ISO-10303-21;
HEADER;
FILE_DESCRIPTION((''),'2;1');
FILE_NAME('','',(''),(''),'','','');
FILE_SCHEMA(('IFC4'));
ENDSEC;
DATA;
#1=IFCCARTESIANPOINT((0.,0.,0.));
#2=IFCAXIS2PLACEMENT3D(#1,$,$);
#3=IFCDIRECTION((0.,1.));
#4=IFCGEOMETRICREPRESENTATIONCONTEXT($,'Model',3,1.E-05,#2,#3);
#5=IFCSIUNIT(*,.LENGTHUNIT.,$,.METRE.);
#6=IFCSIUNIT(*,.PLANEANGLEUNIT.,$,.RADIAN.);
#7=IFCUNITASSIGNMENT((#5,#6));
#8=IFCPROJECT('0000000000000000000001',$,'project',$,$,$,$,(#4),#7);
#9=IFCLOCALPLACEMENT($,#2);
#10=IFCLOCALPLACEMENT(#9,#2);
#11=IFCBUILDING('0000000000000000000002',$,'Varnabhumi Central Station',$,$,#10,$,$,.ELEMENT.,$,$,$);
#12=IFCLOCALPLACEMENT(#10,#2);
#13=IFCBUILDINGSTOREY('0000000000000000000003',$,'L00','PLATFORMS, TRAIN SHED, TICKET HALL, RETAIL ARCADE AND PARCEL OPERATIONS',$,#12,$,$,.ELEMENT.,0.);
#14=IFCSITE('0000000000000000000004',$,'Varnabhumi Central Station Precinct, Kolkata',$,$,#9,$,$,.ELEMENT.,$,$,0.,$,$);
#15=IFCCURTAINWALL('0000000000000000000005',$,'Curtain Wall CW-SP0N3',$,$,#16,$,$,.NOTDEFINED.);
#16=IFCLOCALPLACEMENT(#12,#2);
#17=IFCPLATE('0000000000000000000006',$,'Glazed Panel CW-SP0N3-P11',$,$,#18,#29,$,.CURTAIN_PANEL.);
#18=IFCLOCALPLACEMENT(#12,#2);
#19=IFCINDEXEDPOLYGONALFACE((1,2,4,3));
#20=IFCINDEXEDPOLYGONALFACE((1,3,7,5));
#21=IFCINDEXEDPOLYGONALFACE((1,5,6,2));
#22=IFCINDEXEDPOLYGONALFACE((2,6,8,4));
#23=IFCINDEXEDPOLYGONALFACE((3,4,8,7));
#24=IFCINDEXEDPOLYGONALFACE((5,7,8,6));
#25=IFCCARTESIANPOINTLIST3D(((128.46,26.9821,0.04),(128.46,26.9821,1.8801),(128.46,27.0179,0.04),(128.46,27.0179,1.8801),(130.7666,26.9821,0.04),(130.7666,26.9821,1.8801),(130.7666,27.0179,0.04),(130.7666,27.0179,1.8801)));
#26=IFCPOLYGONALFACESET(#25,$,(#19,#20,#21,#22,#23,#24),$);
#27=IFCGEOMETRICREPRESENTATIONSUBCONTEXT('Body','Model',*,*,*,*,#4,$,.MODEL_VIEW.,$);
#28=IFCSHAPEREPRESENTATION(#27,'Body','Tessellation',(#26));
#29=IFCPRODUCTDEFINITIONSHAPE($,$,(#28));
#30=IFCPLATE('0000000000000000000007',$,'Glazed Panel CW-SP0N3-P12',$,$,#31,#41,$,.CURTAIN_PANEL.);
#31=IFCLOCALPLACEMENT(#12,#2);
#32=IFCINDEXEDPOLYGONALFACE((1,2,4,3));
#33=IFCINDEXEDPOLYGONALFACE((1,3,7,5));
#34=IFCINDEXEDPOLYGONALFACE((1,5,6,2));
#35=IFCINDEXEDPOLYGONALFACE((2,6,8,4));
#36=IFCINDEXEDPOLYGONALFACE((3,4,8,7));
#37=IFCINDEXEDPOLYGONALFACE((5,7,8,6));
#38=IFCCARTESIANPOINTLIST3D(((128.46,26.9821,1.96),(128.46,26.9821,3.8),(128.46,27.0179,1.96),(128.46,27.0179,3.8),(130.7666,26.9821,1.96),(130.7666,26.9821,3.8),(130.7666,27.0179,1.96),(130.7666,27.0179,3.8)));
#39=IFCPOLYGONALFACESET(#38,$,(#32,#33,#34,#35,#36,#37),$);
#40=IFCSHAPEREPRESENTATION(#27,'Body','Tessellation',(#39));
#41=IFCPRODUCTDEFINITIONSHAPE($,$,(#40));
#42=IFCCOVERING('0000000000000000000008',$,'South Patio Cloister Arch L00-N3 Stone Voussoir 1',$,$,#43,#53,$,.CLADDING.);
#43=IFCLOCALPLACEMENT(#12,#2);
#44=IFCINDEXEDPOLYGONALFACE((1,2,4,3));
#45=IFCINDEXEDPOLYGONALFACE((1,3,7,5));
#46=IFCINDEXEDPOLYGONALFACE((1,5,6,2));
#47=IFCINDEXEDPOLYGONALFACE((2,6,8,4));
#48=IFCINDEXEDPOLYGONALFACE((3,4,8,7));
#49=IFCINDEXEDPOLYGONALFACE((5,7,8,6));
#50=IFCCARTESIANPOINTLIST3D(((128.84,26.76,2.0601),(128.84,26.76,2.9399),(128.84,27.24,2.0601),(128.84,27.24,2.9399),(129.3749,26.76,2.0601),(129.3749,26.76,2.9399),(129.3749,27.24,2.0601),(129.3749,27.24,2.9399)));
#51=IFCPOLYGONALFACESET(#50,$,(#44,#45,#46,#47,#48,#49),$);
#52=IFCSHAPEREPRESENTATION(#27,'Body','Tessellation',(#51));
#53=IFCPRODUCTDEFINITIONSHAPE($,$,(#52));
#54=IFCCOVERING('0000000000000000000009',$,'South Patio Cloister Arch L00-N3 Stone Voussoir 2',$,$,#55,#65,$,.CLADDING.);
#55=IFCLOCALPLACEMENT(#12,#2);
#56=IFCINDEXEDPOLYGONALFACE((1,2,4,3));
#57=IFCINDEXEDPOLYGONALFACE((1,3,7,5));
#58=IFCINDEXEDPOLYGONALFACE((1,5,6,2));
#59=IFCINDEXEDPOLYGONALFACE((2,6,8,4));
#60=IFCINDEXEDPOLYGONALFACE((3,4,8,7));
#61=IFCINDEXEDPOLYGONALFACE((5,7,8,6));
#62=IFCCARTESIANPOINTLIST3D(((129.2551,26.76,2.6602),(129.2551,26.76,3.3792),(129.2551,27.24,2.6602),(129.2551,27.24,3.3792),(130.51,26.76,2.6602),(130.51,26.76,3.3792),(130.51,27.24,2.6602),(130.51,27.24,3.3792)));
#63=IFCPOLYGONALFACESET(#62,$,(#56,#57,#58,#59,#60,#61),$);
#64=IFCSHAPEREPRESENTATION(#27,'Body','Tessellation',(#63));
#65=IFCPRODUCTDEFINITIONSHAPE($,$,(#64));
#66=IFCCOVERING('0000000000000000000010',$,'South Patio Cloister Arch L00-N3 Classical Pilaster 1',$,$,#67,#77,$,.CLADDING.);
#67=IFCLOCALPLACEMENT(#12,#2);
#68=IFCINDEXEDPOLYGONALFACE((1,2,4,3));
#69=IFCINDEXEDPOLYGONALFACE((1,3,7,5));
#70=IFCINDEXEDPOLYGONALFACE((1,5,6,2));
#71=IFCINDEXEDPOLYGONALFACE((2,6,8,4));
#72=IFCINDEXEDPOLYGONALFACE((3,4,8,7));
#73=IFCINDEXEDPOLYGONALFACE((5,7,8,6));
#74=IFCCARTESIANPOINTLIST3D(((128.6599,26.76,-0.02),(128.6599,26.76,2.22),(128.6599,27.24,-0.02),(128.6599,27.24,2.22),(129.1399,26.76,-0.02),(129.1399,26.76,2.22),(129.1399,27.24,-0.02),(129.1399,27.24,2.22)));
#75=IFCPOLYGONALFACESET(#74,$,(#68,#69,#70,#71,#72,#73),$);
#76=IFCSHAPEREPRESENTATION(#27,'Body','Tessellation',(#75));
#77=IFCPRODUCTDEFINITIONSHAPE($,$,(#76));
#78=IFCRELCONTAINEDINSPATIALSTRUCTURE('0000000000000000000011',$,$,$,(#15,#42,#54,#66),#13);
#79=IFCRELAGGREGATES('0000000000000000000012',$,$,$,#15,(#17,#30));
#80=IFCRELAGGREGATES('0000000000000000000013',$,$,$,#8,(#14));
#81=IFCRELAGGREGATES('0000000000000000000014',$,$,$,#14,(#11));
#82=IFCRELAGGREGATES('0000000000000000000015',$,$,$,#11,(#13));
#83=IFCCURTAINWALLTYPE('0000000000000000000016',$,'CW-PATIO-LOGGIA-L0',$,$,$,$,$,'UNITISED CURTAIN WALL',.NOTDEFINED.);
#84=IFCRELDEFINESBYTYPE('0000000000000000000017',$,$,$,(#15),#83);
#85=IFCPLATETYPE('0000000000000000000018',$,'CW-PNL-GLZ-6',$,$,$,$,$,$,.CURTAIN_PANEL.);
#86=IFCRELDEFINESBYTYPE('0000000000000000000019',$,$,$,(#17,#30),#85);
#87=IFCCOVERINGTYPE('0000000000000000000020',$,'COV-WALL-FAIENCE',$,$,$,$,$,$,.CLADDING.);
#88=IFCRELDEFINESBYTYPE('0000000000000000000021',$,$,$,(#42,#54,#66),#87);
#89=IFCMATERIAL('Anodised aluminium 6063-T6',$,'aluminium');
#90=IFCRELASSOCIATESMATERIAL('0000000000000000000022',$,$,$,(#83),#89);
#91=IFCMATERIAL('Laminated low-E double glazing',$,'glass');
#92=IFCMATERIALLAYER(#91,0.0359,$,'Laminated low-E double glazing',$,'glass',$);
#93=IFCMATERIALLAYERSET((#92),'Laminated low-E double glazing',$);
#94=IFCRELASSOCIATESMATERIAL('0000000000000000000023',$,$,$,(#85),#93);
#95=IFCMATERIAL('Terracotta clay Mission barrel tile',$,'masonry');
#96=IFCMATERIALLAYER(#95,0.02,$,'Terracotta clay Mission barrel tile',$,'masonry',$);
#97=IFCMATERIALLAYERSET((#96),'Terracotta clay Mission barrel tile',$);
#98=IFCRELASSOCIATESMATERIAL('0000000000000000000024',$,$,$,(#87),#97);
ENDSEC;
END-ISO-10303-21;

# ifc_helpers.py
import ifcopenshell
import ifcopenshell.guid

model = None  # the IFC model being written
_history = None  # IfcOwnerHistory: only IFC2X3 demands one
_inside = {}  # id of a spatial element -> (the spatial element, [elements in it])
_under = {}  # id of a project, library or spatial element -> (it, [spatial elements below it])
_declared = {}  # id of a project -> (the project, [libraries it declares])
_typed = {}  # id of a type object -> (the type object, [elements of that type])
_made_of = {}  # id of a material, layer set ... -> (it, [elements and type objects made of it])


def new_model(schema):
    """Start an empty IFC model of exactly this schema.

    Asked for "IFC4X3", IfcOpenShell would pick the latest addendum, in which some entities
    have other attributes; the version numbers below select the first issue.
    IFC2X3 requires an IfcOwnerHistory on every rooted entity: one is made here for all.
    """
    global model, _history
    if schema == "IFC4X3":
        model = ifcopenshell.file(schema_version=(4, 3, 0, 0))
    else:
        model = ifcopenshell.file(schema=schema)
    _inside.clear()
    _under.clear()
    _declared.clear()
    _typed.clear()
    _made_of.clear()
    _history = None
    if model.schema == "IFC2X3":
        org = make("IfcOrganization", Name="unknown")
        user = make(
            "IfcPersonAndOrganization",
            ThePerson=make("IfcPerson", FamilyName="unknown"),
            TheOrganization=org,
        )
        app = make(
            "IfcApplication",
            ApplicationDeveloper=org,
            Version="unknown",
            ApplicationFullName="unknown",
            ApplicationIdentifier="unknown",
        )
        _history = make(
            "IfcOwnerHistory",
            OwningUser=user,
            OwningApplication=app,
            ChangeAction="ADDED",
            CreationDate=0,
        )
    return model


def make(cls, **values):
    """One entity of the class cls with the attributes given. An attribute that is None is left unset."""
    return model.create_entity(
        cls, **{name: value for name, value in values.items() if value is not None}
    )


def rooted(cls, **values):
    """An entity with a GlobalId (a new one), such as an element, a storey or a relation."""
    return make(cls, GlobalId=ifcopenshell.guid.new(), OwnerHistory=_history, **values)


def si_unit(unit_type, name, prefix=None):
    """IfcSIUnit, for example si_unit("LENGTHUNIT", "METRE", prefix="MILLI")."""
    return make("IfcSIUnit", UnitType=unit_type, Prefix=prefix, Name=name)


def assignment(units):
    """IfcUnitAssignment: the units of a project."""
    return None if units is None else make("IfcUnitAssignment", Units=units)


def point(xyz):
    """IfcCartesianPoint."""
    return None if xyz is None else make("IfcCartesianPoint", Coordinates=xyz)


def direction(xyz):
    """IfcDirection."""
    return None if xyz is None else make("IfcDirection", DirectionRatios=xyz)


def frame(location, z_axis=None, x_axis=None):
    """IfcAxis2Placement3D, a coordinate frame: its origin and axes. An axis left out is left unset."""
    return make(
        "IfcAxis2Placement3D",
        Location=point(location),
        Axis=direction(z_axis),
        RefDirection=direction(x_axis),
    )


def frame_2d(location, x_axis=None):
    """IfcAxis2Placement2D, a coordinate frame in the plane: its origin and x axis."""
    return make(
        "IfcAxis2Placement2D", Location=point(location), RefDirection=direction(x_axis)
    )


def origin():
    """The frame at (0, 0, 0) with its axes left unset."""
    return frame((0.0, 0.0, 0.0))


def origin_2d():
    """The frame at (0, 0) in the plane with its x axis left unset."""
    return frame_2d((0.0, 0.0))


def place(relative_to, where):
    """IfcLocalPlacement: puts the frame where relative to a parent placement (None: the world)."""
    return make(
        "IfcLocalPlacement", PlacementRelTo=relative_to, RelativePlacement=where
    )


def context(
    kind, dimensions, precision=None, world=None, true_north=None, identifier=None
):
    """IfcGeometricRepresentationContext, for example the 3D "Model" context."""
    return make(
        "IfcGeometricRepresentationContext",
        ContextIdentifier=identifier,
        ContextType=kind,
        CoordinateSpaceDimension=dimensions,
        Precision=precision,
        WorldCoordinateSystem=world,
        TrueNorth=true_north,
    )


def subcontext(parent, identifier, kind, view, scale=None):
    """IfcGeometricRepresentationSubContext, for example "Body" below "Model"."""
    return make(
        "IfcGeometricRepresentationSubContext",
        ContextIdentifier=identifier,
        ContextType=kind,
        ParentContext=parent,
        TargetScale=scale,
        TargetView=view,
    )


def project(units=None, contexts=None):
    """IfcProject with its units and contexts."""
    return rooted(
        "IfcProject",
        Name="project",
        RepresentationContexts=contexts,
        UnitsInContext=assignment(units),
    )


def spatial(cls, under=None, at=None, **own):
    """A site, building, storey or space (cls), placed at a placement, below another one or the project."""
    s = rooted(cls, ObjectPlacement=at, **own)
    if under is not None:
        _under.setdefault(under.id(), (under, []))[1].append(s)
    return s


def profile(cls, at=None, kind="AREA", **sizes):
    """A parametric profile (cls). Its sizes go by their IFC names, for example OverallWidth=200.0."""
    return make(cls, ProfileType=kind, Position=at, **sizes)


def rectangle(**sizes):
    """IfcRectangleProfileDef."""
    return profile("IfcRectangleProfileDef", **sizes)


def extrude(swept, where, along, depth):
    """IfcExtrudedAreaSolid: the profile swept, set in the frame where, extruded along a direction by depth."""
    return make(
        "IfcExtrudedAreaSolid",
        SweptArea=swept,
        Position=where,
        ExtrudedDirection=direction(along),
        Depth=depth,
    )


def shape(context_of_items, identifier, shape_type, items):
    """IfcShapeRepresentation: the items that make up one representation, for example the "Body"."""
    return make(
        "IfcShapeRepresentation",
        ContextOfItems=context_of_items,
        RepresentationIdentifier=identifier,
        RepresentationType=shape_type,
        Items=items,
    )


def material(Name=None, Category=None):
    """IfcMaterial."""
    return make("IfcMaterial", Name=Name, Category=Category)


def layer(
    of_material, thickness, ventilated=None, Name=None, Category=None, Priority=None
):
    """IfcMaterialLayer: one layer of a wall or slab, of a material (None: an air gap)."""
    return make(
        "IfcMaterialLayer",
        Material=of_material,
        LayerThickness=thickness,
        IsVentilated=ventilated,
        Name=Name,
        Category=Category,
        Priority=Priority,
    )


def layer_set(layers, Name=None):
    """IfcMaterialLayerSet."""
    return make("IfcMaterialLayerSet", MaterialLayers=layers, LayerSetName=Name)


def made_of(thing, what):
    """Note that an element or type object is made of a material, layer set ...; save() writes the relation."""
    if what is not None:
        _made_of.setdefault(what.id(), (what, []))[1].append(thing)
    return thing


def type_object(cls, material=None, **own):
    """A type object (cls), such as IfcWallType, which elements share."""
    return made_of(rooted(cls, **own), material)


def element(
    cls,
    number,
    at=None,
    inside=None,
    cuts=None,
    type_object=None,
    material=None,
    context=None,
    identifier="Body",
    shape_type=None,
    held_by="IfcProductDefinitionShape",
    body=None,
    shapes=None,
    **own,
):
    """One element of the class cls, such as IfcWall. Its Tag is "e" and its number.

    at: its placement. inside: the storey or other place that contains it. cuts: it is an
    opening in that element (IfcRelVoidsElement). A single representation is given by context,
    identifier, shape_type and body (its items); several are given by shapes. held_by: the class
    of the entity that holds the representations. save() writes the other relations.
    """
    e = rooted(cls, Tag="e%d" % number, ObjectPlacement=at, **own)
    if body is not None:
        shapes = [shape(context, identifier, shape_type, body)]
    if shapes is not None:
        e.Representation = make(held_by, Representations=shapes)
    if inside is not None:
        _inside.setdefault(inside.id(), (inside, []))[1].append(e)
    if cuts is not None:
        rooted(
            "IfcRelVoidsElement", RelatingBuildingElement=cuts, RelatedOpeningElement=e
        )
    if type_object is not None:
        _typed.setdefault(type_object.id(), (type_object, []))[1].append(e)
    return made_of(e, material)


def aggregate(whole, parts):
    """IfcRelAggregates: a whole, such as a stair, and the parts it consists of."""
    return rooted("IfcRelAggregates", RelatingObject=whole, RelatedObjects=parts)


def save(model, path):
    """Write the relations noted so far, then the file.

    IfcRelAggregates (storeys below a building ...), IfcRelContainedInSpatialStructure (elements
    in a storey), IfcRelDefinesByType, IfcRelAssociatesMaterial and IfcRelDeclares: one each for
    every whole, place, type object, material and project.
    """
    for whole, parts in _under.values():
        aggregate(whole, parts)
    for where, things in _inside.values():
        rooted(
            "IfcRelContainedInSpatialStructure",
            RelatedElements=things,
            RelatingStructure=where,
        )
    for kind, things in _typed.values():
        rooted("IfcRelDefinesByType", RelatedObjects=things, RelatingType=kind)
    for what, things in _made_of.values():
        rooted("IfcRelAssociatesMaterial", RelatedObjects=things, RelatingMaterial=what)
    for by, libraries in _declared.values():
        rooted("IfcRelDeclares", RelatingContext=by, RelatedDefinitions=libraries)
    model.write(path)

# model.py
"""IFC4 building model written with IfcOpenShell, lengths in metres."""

from ifc_helpers import new_model, si_unit, direction, frame, origin, origin_2d, place, context, subcontext, project, spatial, rectangle, extrude, material, layer, layer_set, type_object, element, aggregate, save


model = new_model("IFC4")

# Units and contexts
model_context = context("Model", 3, precision=1e-05, world=origin(), true_north=direction((0.0, 1.0)))
body_context = subcontext(model_context, "Body", "Model", "MODEL_VIEW")
ifc_project = project(units=[si_unit("LENGTHUNIT", "METRE"), si_unit("PLANEANGLEUNIT", "RADIAN")], contexts=[model_context])

# Site, building, storey
site_placement = place(None, origin())
site = spatial("IfcSite", under=ifc_project, at=site_placement, Name="Varnabhumi Central Station Precinct, Kolkata", CompositionType="ELEMENT", RefElevation=0.0)
building_placement = place(site_placement, origin())
building = spatial("IfcBuilding", under=site, at=building_placement, Name="Varnabhumi Central Station", CompositionType="ELEMENT")
storey_placement = place(building_placement, origin())
storey = spatial("IfcBuildingStorey", under=building, at=storey_placement, Name="L00", Description="PLATFORMS, TRAIN SHED, TICKET HALL, RETAIL ARCADE AND PARCEL OPERATIONS", CompositionType="ELEMENT", Elevation=0.0)

# Curtain wall
ifc_material_1 = material(Name="Anodised aluminium 6063-T6", Category="aluminium")
curtain_wall_type = type_object("IfcCurtainWallType", Name="CW-PATIO-LOGGIA-L0", ElementType="UNITISED CURTAIN WALL", PredefinedType="NOTDEFINED", material=ifc_material_1)
curtain_wall_1_placement = place(storey_placement, origin())
curtain_wall_1 = element("IfcCurtainWall", 1, at=curtain_wall_1_placement, inside=storey, type_object=curtain_wall_type, Name="Curtain Wall CW-SP0N3", PredefinedType="NOTDEFINED")

# Plates
ifc_material_2 = material(Name="Laminated low-E double glazing", Category="glass")
ifc_layer_1 = layer(ifc_material_2, 0.0359, Name="Laminated low-E double glazing", Category="glass")
ifc_layer_set_1 = layer_set([ifc_layer_1], Name="Laminated low-E double glazing")
plate_type_1 = type_object("IfcPlateType", Name="CW-PNL-GLZ-6", PredefinedType="CURTAIN_PANEL", material=ifc_layer_set_1)
plate_1_placement = place(storey_placement, frame((129.6133, 27.0, 0.04), z_axis=(0.0, 0.0, 1.0), x_axis=(1.0, 0.0, 0.0)))
plate_1 = element("IfcPlate", 2, at=plate_1_placement, type_object=plate_type_1, Name="Glazed Panel CW-SP0N3-P11", PredefinedType="CURTAIN_PANEL", context=body_context, shape_type="SweptSolid", body=[
    extrude(rectangle(XDim=2.3066, YDim=0.0359, at=origin_2d()), origin(), (0.0, 0.0, 1.0), 1.8401),
])
plate_2_placement = place(storey_placement, frame((129.6133, 27.0, 1.96), z_axis=(0.0, 0.0, 1.0), x_axis=(1.0, 0.0, 0.0)))
plate_2 = element("IfcPlate", 3, at=plate_2_placement, type_object=plate_type_1, Name="Glazed Panel CW-SP0N3-P12", PredefinedType="CURTAIN_PANEL", context=body_context, shape_type="SweptSolid", body=[
    extrude(rectangle(XDim=2.3066, YDim=0.0359, at=origin_2d()), origin(), (0.0, 0.0, 1.0), 1.8401),
])
aggregate(curtain_wall_1, [plate_1, plate_2])

# Coverings
ifc_material_3 = material(Name="Terracotta clay Mission barrel tile", Category="masonry")
ifc_layer_2 = layer(ifc_material_3, 0.02, Name="Terracotta clay Mission barrel tile", Category="masonry")
ifc_layer_set_2 = layer_set([ifc_layer_2], Name="Terracotta clay Mission barrel tile")
covering_type = type_object("IfcCoveringType", Name="COV-WALL-FAIENCE", PredefinedType="CLADDING", material=ifc_layer_set_2)
covering_1_placement = place(storey_placement, frame((129.1074, 27.0, 2.0601), z_axis=(0.0, 0.0, 1.0), x_axis=(1.0, 0.0, 0.0)))
element("IfcCovering", 4, at=covering_1_placement, inside=storey, type_object=covering_type, Name="South Patio Cloister Arch L00-N3 Stone Voussoir 1", PredefinedType="CLADDING", context=body_context, shape_type="SweptSolid", body=[
    extrude(rectangle(XDim=0.5349, YDim=0.48, at=origin_2d()), origin(), (0.0, 0.0, 1.0), 0.8799),
])
covering_2_placement = place(storey_placement, frame((129.8826, 27.0, 2.6602), z_axis=(0.0, 0.0, 1.0), x_axis=(1.0, 0.0, 0.0)))
element("IfcCovering", 5, at=covering_2_placement, inside=storey, type_object=covering_type, Name="South Patio Cloister Arch L00-N3 Stone Voussoir 2", PredefinedType="CLADDING", context=body_context, shape_type="SweptSolid", body=[
    extrude(rectangle(XDim=1.2549, YDim=0.48, at=origin_2d()), origin(), (0.0, 0.0, 1.0), 0.719),
])
covering_3_placement = place(storey_placement, frame((128.8999, 27.0, -0.02), z_axis=(0.0, 0.0, 1.0), x_axis=(1.0, 0.0, 0.0)))
element("IfcCovering", 6, at=covering_3_placement, inside=storey, type_object=covering_type, Name="South Patio Cloister Arch L00-N3 Classical Pilaster 1", PredefinedType="CLADDING", context=body_context, shape_type="SweptSolid", body=[
    extrude(rectangle(XDim=0.48, YDim=0.48, at=origin_2d()), origin(), (0.0, 0.0, 1.0), 2.24),
])

save(model, "model.ifc")
